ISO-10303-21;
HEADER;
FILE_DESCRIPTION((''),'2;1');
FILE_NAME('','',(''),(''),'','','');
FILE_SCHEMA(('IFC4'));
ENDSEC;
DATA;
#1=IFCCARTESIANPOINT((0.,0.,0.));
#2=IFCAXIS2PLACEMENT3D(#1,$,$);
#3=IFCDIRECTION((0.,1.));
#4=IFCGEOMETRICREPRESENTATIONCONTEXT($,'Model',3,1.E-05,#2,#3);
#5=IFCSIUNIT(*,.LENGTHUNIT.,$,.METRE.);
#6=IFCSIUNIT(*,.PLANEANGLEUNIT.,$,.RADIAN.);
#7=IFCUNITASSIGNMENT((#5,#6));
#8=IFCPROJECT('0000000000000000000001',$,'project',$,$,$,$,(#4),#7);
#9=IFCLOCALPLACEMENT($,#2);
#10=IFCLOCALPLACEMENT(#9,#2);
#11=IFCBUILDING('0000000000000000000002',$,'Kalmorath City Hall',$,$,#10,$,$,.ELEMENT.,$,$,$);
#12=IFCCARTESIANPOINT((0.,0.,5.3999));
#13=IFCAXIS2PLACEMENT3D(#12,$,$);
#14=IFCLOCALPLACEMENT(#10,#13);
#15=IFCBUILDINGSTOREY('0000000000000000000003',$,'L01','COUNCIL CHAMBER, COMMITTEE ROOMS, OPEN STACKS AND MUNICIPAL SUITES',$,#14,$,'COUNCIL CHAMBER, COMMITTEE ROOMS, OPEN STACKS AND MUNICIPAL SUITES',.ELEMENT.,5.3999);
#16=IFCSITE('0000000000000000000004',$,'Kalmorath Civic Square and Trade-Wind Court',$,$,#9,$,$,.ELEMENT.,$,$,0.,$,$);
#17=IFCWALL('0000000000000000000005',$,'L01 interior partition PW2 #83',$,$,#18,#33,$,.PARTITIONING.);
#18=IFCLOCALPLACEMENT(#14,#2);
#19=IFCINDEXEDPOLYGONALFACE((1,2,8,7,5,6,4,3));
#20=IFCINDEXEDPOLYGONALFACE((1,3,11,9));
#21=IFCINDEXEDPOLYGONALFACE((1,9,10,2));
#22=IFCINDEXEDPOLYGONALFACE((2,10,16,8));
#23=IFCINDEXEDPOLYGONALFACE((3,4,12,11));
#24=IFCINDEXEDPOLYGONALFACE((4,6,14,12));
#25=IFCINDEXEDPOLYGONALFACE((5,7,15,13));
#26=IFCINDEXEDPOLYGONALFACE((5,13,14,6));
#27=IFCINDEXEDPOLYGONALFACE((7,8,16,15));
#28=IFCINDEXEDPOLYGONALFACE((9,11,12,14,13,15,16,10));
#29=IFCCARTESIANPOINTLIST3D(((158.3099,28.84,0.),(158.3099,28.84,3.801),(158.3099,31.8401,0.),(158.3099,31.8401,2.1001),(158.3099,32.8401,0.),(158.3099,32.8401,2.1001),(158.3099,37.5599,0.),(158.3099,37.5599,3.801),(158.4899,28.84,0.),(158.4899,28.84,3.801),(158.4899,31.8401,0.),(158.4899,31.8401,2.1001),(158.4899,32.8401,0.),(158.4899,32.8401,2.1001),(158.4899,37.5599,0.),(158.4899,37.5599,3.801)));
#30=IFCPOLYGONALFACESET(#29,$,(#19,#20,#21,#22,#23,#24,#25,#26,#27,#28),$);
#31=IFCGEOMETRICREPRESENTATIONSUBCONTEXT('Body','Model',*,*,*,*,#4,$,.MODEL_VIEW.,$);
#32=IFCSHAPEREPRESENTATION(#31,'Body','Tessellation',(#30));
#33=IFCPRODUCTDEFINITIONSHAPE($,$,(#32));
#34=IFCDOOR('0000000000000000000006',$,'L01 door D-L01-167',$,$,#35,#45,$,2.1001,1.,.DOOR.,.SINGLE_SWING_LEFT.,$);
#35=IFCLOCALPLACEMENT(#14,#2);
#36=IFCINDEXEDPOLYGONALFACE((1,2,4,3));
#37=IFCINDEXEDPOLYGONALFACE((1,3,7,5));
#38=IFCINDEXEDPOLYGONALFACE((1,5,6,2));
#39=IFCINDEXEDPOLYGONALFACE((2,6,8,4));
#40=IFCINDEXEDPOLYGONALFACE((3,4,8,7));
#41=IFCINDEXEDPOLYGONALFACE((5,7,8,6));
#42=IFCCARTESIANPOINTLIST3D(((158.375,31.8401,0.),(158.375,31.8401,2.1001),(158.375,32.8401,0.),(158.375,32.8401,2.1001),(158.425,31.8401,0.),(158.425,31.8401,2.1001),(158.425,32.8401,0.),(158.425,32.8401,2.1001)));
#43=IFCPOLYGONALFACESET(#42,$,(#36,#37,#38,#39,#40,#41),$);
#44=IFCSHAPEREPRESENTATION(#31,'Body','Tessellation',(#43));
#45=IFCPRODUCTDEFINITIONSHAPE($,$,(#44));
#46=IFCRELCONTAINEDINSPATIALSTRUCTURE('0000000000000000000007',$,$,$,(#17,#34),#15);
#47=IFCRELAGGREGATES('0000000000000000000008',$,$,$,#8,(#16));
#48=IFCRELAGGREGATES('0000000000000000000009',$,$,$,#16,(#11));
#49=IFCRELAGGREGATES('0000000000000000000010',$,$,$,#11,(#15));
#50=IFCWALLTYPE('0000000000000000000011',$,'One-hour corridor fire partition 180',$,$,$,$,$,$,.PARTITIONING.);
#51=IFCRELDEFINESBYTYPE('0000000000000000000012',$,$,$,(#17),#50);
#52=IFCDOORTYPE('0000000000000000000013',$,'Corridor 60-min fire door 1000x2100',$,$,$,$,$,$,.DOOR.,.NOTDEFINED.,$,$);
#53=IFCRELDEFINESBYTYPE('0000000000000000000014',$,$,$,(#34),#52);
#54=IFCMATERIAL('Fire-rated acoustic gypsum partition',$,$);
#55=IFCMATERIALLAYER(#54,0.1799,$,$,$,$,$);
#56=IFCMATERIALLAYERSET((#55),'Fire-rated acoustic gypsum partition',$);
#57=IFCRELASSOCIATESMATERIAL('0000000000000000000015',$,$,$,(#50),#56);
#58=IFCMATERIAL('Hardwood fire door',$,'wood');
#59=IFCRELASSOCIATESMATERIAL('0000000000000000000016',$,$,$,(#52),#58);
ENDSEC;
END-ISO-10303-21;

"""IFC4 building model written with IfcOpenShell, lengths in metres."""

from ifc_helpers import new_model, si_unit, direction, frame, frame_2d, origin, place, context, subcontext, project, spatial, rectangle, extrude, material, layer, layer_set, type_object, element, fill, save


model = new_model("IFC4")

# Units and contexts
model_context = context("Model", 3, precision=1e-05, world=origin(), true_north=direction((0.0, 1.0)))
body_context = subcontext(model_context, "Body", "Model", "MODEL_VIEW")
ifc_project = project(units=[si_unit("LENGTHUNIT", "METRE"), si_unit("PLANEANGLEUNIT", "RADIAN")], contexts=[model_context])

# Site, building, storey
site_placement = place(None, origin())
site = spatial("IfcSite", under=ifc_project, at=site_placement, Name="Kalmorath Civic Square and Trade-Wind Court", CompositionType="ELEMENT", RefElevation=0.0)
building_placement = place(site_placement, origin())
building = spatial("IfcBuilding", under=site, at=building_placement, Name="Kalmorath City Hall", CompositionType="ELEMENT")
storey_placement = place(building_placement, frame((0.0, 0.0, 5.3999)))
storey = spatial("IfcBuildingStorey", under=building, at=storey_placement, Name="L01", Description="COUNCIL CHAMBER, COMMITTEE ROOMS, OPEN STACKS AND MUNICIPAL SUITES", LongName="COUNCIL CHAMBER, COMMITTEE ROOMS, OPEN STACKS AND MUNICIPAL SUITES", CompositionType="ELEMENT", Elevation=5.3999)

# Wall, opening, door
ifc_material_1 = material(Name="Fire-rated acoustic gypsum partition")
ifc_layer_1 = layer(ifc_material_1, 0.1799)
ifc_layer_set_1 = layer_set([ifc_layer_1], Name="Fire-rated acoustic gypsum partition")
wall_type_1 = type_object("IfcWallType", Name="One-hour corridor fire partition 180", PredefinedType="PARTITIONING", material=ifc_layer_set_1)
wall_1_placement = place(storey_placement, frame((158.3999, 28.8401, 0.0), z_axis=(0.0, 0.0, 1.0), x_axis=(0.0, 1.0, 0.0)))
wall_1 = element("IfcWall", 1, at=wall_1_placement, inside=storey, type_object=wall_type_1, Name="L01 interior partition PW2 #83", PredefinedType="PARTITIONING", context=body_context, shape_type="SweptSolid", body=[
    extrude(rectangle(XDim=8.72, YDim=0.1799, at=frame_2d((4.3599, 0.0))), origin(), (0.0, 0.0, 1.0), 3.801),
])
opening_placement = place(wall_1_placement, frame((3.0, 0.0, 0.0)))
opening = element("IfcOpeningElement", 2, at=opening_placement, cuts=wall_1, PredefinedType="OPENING", context=body_context, shape_type="SweptSolid", body=[
    extrude(rectangle(XDim=1.0, YDim=2.1001, at=frame_2d((0.5, 1.05))), frame((0.0, 0.0999, 0.0), z_axis=(0.0, -1.0, 0.0), x_axis=(1.0, 0.0, 0.0)), (0.0, 0.0, 1.0), 0.2),
])
ifc_material_2 = material(Name="Hardwood fire door", Category="wood")
door_type = type_object("IfcDoorType", Name="Corridor 60-min fire door 1000x2100", OperationType="NOTDEFINED", PredefinedType="DOOR", material=ifc_material_2)
door_placement = place(opening_placement, origin())
door = element("IfcDoor", 3, at=door_placement, inside=storey, type_object=door_type, Name="L01 door D-L01-167", OperationType="SINGLE_SWING_LEFT", OverallHeight=2.1001, OverallWidth=1.0, PredefinedType="DOOR", context=body_context, shape_type="SweptSolid", body=[
    extrude(rectangle(XDim=1.0, YDim=2.1001, at=frame_2d((0.5, 1.05))), frame((0.0, 0.0249, 0.0), z_axis=(0.0, -1.0, 0.0), x_axis=(1.0, 0.0, 0.0)), (0.0, 0.0, 1.0), 0.05),
])
fill(opening, door)

save(model, "model.ifc")
